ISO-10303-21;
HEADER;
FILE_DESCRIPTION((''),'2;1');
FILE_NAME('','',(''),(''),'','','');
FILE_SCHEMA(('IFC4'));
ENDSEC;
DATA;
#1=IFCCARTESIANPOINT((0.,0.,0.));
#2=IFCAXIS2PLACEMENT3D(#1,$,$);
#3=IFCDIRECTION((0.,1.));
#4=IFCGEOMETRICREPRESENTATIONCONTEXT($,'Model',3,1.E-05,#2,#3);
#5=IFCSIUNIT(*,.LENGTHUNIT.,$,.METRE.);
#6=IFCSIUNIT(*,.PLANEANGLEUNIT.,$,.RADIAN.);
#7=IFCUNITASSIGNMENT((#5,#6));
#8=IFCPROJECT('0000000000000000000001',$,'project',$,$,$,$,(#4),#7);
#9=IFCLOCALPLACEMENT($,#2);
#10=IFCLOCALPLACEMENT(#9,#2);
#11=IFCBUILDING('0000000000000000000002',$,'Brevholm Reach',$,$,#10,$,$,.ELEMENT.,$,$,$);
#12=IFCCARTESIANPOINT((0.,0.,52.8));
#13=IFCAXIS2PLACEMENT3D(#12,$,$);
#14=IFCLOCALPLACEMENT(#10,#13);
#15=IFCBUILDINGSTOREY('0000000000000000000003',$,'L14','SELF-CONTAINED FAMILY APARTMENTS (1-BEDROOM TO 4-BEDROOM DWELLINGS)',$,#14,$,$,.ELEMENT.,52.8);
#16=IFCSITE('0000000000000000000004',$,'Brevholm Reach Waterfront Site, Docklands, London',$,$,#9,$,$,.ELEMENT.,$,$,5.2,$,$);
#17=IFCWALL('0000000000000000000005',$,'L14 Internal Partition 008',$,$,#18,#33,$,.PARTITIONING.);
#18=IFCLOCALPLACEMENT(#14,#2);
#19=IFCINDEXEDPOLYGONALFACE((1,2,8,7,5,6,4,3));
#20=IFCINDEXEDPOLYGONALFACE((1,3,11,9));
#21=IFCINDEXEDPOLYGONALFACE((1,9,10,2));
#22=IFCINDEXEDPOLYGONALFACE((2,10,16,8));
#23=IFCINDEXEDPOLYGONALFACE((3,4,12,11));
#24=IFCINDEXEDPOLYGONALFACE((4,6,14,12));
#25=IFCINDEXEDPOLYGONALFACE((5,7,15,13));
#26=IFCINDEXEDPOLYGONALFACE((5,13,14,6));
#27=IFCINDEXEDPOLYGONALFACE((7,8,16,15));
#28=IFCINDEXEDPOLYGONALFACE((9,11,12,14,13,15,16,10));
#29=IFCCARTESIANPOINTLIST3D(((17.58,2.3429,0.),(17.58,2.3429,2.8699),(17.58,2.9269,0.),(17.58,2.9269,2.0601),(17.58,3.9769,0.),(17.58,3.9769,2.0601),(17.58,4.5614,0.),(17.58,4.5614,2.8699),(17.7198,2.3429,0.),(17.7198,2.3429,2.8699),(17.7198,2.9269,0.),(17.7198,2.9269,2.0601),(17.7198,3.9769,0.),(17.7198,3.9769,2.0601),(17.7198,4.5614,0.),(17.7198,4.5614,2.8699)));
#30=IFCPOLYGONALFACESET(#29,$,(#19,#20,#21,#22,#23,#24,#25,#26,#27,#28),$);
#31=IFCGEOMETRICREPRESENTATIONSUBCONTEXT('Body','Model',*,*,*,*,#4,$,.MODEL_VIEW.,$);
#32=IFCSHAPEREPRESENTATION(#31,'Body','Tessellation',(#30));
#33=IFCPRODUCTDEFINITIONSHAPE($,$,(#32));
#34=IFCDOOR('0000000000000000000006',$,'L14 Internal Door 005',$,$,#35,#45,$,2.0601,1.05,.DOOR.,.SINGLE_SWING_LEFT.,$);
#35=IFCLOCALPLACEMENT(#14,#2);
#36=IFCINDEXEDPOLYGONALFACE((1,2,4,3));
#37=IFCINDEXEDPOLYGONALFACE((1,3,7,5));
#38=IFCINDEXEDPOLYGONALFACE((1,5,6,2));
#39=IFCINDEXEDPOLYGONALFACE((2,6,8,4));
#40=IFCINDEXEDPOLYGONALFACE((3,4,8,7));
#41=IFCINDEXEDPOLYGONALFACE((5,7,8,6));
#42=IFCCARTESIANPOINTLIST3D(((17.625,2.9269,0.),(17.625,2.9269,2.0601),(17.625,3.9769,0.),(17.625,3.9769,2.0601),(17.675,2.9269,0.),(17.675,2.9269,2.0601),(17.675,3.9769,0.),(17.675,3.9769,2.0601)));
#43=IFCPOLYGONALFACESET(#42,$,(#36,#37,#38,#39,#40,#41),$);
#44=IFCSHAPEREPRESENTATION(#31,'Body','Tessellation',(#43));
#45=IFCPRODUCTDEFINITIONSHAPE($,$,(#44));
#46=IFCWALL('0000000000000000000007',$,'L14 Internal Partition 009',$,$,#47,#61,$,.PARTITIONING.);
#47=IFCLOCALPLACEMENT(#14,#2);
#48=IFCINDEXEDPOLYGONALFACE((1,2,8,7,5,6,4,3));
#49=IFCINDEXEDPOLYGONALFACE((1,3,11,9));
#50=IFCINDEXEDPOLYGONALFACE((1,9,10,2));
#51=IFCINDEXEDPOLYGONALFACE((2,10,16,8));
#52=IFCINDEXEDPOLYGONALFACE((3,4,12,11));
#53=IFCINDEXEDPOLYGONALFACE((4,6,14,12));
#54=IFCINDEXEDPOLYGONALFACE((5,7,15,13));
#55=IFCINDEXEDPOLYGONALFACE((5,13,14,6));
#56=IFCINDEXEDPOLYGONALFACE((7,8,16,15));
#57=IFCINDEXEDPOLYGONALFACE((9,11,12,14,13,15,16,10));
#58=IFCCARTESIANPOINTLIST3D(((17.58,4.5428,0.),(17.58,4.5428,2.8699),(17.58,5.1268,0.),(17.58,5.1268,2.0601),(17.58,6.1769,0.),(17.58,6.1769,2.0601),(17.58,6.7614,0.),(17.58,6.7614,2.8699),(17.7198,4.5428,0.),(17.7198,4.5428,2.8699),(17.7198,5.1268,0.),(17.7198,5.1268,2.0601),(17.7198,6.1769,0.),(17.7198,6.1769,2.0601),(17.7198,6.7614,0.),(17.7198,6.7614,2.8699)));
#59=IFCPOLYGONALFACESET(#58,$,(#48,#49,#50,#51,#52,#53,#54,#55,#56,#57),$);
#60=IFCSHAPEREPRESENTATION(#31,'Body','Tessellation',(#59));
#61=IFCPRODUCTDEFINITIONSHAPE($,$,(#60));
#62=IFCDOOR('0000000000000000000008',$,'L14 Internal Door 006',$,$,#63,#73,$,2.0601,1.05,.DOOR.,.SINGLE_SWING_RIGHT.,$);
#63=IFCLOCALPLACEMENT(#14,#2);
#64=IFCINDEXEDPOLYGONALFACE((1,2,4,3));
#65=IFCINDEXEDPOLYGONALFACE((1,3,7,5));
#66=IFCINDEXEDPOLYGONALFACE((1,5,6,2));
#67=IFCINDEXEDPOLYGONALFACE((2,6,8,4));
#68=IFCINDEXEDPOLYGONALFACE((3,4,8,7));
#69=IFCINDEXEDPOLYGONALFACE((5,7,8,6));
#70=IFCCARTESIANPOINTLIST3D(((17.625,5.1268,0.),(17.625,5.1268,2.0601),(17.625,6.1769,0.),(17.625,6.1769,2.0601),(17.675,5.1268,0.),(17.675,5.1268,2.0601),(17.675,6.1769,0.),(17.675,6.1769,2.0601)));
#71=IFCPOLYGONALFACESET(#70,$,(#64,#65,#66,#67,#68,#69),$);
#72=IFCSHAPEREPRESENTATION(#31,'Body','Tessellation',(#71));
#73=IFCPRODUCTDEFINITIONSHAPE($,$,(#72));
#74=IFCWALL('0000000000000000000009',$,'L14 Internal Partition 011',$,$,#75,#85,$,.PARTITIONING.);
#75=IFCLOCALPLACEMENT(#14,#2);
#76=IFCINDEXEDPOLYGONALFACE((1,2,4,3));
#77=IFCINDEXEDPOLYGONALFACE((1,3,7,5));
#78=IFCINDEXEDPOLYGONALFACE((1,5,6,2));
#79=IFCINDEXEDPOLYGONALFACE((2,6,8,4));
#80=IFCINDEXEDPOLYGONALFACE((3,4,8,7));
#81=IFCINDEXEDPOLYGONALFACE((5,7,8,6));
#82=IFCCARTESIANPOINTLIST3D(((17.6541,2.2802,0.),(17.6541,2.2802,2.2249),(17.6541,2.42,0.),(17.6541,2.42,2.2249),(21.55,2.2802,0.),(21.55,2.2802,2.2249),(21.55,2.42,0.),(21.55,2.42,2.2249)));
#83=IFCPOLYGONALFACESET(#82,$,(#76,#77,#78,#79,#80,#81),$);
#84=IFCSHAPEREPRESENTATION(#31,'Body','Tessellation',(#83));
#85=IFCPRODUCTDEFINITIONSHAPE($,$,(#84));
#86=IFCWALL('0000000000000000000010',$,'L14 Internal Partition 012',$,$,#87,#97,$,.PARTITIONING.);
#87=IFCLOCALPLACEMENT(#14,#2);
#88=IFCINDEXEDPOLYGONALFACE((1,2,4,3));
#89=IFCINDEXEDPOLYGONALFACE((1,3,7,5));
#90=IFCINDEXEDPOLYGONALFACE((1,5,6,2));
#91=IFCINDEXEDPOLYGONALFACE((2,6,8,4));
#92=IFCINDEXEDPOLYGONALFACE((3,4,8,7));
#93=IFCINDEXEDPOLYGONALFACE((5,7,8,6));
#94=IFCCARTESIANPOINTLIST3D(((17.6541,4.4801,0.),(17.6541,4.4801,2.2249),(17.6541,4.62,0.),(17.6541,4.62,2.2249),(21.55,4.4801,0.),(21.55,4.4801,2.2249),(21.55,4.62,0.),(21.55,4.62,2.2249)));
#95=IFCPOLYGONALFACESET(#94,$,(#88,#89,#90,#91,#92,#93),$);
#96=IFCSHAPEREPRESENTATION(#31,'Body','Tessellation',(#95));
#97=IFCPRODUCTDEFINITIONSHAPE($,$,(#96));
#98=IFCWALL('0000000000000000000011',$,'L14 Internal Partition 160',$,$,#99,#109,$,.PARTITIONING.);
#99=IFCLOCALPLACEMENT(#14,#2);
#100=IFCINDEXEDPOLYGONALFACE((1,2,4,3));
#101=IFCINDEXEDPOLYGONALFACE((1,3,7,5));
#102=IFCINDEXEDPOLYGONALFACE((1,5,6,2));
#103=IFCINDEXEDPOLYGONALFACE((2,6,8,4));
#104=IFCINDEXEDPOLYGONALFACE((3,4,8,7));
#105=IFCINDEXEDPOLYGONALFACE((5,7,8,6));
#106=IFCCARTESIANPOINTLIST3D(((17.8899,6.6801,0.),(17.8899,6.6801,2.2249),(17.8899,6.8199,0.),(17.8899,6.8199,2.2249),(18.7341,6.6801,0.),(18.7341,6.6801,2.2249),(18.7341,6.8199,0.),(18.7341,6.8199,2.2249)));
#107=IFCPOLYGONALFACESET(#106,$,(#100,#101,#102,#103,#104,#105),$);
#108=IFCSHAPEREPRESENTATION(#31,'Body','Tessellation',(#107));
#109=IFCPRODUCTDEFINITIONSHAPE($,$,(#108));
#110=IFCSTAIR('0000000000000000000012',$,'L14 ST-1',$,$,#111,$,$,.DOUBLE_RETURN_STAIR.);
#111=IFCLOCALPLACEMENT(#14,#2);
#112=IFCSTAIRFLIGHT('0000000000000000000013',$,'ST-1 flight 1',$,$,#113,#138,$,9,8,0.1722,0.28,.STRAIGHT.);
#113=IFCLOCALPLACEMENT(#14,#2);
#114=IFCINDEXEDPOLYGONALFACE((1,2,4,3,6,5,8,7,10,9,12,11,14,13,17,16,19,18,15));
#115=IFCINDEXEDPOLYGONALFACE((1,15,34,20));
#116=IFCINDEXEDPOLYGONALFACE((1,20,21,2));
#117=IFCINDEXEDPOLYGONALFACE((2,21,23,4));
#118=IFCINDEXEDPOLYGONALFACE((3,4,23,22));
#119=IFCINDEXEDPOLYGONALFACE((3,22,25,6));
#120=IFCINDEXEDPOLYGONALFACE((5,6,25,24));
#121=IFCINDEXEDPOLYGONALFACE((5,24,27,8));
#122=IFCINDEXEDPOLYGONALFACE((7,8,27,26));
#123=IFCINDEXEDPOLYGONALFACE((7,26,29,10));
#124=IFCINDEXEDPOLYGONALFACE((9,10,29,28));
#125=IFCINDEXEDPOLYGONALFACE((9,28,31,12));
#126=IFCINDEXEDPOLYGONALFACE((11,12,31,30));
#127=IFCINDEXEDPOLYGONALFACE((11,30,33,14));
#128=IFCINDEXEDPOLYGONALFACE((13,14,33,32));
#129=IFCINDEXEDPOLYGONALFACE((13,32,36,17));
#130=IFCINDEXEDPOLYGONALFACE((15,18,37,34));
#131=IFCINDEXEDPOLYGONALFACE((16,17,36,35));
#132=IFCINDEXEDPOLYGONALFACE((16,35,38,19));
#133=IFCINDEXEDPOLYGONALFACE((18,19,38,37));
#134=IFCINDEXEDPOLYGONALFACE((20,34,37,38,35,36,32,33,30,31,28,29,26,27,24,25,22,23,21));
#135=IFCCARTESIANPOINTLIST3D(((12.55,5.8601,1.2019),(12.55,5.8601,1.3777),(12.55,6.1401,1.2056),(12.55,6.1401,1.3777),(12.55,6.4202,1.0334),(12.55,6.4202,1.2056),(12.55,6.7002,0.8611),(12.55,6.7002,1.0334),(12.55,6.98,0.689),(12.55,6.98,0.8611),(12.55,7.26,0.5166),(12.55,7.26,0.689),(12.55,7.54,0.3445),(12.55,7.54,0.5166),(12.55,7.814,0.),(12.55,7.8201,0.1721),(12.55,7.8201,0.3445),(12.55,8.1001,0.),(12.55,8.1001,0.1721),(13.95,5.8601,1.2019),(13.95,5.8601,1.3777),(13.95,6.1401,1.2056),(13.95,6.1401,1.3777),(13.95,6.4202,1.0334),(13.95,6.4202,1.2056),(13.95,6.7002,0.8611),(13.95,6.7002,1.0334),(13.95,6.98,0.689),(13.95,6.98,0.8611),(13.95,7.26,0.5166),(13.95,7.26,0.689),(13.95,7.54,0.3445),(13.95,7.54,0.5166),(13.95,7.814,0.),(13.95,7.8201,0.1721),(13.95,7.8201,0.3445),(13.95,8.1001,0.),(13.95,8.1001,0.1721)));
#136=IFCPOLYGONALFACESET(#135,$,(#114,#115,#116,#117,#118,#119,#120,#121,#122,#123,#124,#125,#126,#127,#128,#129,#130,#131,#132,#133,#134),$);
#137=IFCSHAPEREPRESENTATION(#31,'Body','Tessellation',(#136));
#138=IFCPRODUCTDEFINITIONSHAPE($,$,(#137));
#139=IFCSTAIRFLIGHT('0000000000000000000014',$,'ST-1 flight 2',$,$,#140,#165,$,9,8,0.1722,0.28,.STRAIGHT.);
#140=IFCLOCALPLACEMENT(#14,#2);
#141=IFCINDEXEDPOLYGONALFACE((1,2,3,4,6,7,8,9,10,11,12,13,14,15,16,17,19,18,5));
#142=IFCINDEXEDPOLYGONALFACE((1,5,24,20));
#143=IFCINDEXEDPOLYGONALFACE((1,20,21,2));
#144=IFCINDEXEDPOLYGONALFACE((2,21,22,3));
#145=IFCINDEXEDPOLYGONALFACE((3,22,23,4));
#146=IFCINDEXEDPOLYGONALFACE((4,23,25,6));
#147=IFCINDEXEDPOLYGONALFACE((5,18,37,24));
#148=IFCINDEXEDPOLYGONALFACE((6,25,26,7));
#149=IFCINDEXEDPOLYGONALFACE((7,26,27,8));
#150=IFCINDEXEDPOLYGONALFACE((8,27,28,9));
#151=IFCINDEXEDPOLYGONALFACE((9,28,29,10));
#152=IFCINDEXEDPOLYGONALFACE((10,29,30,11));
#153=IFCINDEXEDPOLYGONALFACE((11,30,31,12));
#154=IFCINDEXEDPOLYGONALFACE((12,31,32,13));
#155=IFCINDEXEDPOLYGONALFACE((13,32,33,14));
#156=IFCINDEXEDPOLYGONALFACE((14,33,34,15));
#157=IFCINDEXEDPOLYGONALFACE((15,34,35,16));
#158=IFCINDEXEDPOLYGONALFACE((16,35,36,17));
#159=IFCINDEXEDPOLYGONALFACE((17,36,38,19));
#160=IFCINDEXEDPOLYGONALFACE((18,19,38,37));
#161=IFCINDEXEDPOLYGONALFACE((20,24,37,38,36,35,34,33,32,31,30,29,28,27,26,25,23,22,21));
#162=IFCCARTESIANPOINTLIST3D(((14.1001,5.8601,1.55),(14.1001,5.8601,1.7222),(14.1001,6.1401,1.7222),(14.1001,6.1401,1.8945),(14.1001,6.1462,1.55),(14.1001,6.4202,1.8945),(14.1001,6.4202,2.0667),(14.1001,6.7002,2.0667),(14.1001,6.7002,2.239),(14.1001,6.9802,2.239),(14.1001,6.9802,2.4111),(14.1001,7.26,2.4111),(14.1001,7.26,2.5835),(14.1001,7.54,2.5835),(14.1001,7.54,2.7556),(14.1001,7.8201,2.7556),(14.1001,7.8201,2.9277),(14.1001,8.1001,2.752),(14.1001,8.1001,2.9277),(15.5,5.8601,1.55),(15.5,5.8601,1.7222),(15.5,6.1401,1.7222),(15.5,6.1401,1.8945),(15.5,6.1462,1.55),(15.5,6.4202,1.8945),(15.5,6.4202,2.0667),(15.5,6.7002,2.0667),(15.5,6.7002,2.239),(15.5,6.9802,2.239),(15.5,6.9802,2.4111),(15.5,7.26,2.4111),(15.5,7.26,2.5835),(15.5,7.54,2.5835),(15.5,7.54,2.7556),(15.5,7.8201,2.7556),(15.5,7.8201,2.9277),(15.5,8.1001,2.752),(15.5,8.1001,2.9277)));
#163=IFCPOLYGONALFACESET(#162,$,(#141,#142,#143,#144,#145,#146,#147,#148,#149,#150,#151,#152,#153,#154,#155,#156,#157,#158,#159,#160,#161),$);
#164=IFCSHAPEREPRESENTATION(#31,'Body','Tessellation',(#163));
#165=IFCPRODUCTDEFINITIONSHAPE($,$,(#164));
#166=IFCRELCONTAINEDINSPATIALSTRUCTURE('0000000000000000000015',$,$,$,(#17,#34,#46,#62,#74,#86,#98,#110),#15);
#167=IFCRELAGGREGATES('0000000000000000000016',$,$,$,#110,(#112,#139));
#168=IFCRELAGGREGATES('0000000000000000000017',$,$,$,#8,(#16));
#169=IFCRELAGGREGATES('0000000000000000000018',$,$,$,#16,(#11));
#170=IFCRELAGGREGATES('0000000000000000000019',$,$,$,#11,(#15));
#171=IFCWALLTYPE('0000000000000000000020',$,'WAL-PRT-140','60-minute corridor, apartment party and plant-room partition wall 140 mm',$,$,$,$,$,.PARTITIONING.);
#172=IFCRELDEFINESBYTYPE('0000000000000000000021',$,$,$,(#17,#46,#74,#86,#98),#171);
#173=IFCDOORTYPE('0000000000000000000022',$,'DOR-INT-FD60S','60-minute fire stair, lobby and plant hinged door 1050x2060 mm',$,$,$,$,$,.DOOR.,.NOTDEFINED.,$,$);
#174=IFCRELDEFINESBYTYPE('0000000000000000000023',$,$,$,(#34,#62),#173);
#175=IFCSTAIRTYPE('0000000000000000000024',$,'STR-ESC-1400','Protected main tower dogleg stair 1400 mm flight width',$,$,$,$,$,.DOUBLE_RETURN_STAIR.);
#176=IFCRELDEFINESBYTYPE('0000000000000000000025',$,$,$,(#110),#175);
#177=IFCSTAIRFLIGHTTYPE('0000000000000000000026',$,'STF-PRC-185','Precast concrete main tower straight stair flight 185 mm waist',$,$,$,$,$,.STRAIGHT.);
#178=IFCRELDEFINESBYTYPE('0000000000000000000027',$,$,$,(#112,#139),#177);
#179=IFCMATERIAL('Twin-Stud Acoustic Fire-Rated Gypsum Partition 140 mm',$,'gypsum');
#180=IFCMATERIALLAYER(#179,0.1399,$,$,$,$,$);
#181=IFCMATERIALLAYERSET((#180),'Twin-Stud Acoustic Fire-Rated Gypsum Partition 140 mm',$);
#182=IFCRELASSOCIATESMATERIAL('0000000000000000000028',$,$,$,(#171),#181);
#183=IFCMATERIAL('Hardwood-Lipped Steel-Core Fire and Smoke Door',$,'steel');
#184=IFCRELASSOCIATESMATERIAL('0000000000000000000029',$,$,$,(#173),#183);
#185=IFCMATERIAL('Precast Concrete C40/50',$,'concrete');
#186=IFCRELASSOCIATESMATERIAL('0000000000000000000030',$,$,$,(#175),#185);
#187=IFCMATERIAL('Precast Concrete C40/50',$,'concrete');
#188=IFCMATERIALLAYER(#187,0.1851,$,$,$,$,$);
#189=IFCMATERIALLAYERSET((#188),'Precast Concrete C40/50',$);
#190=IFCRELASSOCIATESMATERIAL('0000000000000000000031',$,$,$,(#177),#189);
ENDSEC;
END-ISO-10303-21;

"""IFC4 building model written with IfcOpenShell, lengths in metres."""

from ifc_helpers import new_model, si_unit, direction, frame, frame_2d, origin, place, context, subcontext, project, spatial, polyline, rectangle, outline, extrude, material, layer, layer_set, type_object, element, fill, aggregate, save


model = new_model("IFC4")

# Units and contexts
model_context = context("Model", 3, precision=1e-05, world=origin(), true_north=direction((0.0, 1.0)))
body_context = subcontext(model_context, "Body", "Model", "MODEL_VIEW")
ifc_project = project(units=[si_unit("LENGTHUNIT", "METRE"), si_unit("PLANEANGLEUNIT", "RADIAN")], contexts=[model_context])

# Site, building, storey
site_placement = place(None, origin())
site = spatial("IfcSite", under=ifc_project, at=site_placement, Name="Brevholm Reach Waterfront Site, Docklands, London", CompositionType="ELEMENT", RefElevation=5.2)
building_placement = place(site_placement, origin())
building = spatial("IfcBuilding", under=site, at=building_placement, Name="Brevholm Reach", CompositionType="ELEMENT")
storey_placement = place(building_placement, frame((0.0, 0.0, 52.8)))
storey = spatial("IfcBuildingStorey", under=building, at=storey_placement, Name="L14", Description="SELF-CONTAINED FAMILY APARTMENTS (1-BEDROOM TO 4-BEDROOM DWELLINGS)", CompositionType="ELEMENT", Elevation=52.8)

# Walls, openings, doors
ifc_material_1 = material(Name="Twin-Stud Acoustic Fire-Rated Gypsum Partition 140 mm", Category="gypsum")
ifc_layer_1 = layer(ifc_material_1, 0.1399)
ifc_layer_set_1 = layer_set([ifc_layer_1], Name="Twin-Stud Acoustic Fire-Rated Gypsum Partition 140 mm")
wall_type_1 = type_object("IfcWallType", Name="WAL-PRT-140", Description="60-minute corridor, apartment party and plant-room partition wall 140 mm", PredefinedType="PARTITIONING", material=ifc_layer_set_1)
ifc_material_2 = material(Name="Hardwood-Lipped Steel-Core Fire and Smoke Door", Category="steel")
door_type = type_object("IfcDoorType", Name="DOR-INT-FD60S", Description="60-minute fire stair, lobby and plant hinged door 1050x2060 mm", OperationType="NOTDEFINED", PredefinedType="DOOR", material=ifc_material_2)
wall_1_placement = place(storey_placement, frame((17.6499, 2.3428, 0.0), z_axis=(0.0, 0.0, 1.0), x_axis=(0.0, 1.0, 0.0)))
wall_1 = element("IfcWall", 1, at=wall_1_placement, inside=storey, type_object=wall_type_1, Name="L14 Internal Partition 008", PredefinedType="PARTITIONING", context=body_context, shape_type="SweptSolid", body=[
    extrude(rectangle(XDim=2.2185, YDim=0.1399, at=frame_2d((1.1094, 0.0))), origin(), (0.0, 0.0, 1.0), 2.8699),
])
opening_1_placement = place(wall_1_placement, frame((0.5842, 0.0, 0.0)))
opening_1 = element("IfcOpeningElement", 2, at=opening_1_placement, cuts=wall_1, PredefinedType="OPENING", context=body_context, shape_type="SweptSolid", body=[
    extrude(rectangle(XDim=1.05, YDim=2.0601, at=frame_2d((0.5249, 1.03))), frame((0.0, 0.0798, 0.0), z_axis=(0.0, -1.0, 0.0), x_axis=(1.0, 0.0, 0.0)), (0.0, 0.0, 1.0), 0.1599),
])
door_1_placement = place(opening_1_placement, origin())
door_1 = element("IfcDoor", 3, at=door_1_placement, inside=storey, type_object=door_type, Name="L14 Internal Door 005", OperationType="SINGLE_SWING_LEFT", OverallHeight=2.0601, OverallWidth=1.05, PredefinedType="DOOR", context=body_context, shape_type="SweptSolid", body=[
    extrude(rectangle(XDim=1.05, YDim=2.0601, at=frame_2d((0.5249, 1.03))), frame((0.0, 0.0249, 0.0), z_axis=(0.0, -1.0, 0.0), x_axis=(1.0, 0.0, 0.0)), (0.0, 0.0, 1.0), 0.05),
])
fill(opening_1, door_1)
wall_2_placement = place(storey_placement, frame((17.6499, 4.5427, 0.0), z_axis=(0.0, 0.0, 1.0), x_axis=(0.0, 1.0, 0.0)))
wall_2 = element("IfcWall", 4, at=wall_2_placement, inside=storey, type_object=wall_type_1, Name="L14 Internal Partition 009", PredefinedType="PARTITIONING", context=body_context, shape_type="SweptSolid", body=[
    extrude(rectangle(XDim=2.2185, YDim=0.1399, at=frame_2d((1.1094, 0.0))), origin(), (0.0, 0.0, 1.0), 2.8699),
])
opening_2_placement = place(wall_2_placement, frame((0.5842, 0.0, 0.0)))
opening_2 = element("IfcOpeningElement", 5, at=opening_2_placement, cuts=wall_2, PredefinedType="OPENING", context=body_context, shape_type="SweptSolid", body=[
    extrude(rectangle(XDim=1.05, YDim=2.0601, at=frame_2d((0.5249, 1.03))), frame((0.0, 0.0798, 0.0), z_axis=(0.0, -1.0, 0.0), x_axis=(1.0, 0.0, 0.0)), (0.0, 0.0, 1.0), 0.1599),
])
door_2_placement = place(opening_2_placement, origin())
door_2 = element("IfcDoor", 6, at=door_2_placement, inside=storey, type_object=door_type, Name="L14 Internal Door 006", OperationType="SINGLE_SWING_RIGHT", OverallHeight=2.0601, OverallWidth=1.05, PredefinedType="DOOR", context=body_context, shape_type="SweptSolid", body=[
    extrude(rectangle(XDim=1.05, YDim=2.0601, at=frame_2d((0.5249, 1.03))), frame((0.0, 0.0249, 0.0), z_axis=(0.0, -1.0, 0.0), x_axis=(1.0, 0.0, 0.0)), (0.0, 0.0, 1.0), 0.05),
])
fill(opening_2, door_2)

# Walls
for number, where, z_axis, x_axis, name in (
    (7, (17.6541, 2.3501, 0.0), (0.0, 0.0, 1.0), (1.0, 0.0, 0.0), "L14 Internal Partition 011"),
    (8, (17.6541, 4.55, 0.0), (0.0, 0.0, 1.0), (1.0, 0.0, 0.0), "L14 Internal Partition 012"),
):
    element("IfcWall", number, at=place(storey_placement, frame(where, z_axis=z_axis, x_axis=x_axis)), inside=storey, type_object=wall_type_1, Name=name, PredefinedType="PARTITIONING", context=body_context, shape_type="SweptSolid", body=[
        extrude(rectangle(XDim=3.896, YDim=0.1399, at=frame_2d((1.948, 0.0))), origin(), (0.0, 0.0, 1.0), 2.2249),
    ])
wall_3_placement = place(storey_placement, frame((17.8899, 6.75, 0.0), z_axis=(0.0, 0.0, 1.0), x_axis=(1.0, 0.0, 0.0)))
element("IfcWall", 9, at=wall_3_placement, inside=storey, type_object=wall_type_1, Name="L14 Internal Partition 160", PredefinedType="PARTITIONING", context=body_context, shape_type="SweptSolid", body=[
    extrude(rectangle(XDim=0.8442, YDim=0.1399, at=frame_2d((0.4221, 0.0))), origin(), (0.0, 0.0, 1.0), 2.2249),
])

# Stair, stair flights
ifc_material_3 = material(Name="Precast Concrete C40/50", Category="concrete")
stair_type = type_object("IfcStairType", Name="STR-ESC-1400", Description="Protected main tower dogleg stair 1400 mm flight width", PredefinedType="DOUBLE_RETURN_STAIR", material=ifc_material_3)
stair_placement = place(storey_placement, origin())
stair = element("IfcStair", 10, at=stair_placement, inside=storey, type_object=stair_type, Name="L14 ST-1", PredefinedType="DOUBLE_RETURN_STAIR")
ifc_material_4 = material(Name="Precast Concrete C40/50", Category="concrete")
ifc_layer_2 = layer(ifc_material_4, 0.1851)
ifc_layer_set_2 = layer_set([ifc_layer_2], Name="Precast Concrete C40/50")
stair_flight_type = type_object("IfcStairFlightType", Name="STF-PRC-185", Description="Precast concrete main tower straight stair flight 185 mm waist", PredefinedType="STRAIGHT", material=ifc_layer_set_2)
stair_flight_1_placement = place(storey_placement, frame((13.25, 8.1001, 0.0), z_axis=(0.0, 0.0, 1.0), x_axis=(0.0, -1.0, 0.0)))
stair_flight_1 = element("IfcStairFlight", 11, at=stair_flight_1_placement, type_object=stair_flight_type, Name="ST-1 flight 1", NumberOfRisers=9, NumberOfTreads=8, PredefinedType="STRAIGHT", RiserHeight=0.1722, TreadLength=0.28, context=body_context, shape_type="SweptSolid", body=[
    extrude(outline(polyline([(0.0, 0.0), (0.0, 0.1721), (0.28, 0.1721), (0.28, 0.3445), (0.5601, 0.3445), (0.5601, 0.5166), (0.8401, 0.5166), (0.8401, 0.689), (1.1201, 0.689), (1.1201, 0.8611), (1.3999, 0.8611), (1.3999, 1.0334), (1.6799, 1.0334), (1.6799, 1.2056), (1.96, 1.2056), (1.96, 1.3777), (2.24, 1.3777), (2.24, 1.55), (2.24, 1.2019), (0.2861, 0.0), (0.0, 0.0)])), frame((0.0, 0.7, 0.0), z_axis=(0.0, -1.0, 0.0), x_axis=(1.0, 0.0, 0.0)), (0.0, 0.0, 1.0), 1.3999),
])
stair_flight_2_placement = place(storey_placement, frame((14.8, 5.8601, 1.55), z_axis=(0.0, 0.0, 1.0), x_axis=(0.0, 1.0, 0.0)))
stair_flight_2 = element("IfcStairFlight", 12, at=stair_flight_2_placement, type_object=stair_flight_type, Name="ST-1 flight 2", NumberOfRisers=9, NumberOfTreads=8, PredefinedType="STRAIGHT", RiserHeight=0.1722, TreadLength=0.28, context=body_context, shape_type="SweptSolid", body=[
    extrude(outline(polyline([(0.0, 0.0), (0.0, 0.1721), (0.28, 0.1721), (0.28, 0.3445), (0.5601, 0.3445), (0.5601, 0.5166), (0.8401, 0.5166), (0.8401, 0.689), (1.1201, 0.689), (1.1201, 0.8611), (1.3999, 0.8611), (1.3999, 1.0334), (1.6799, 1.0334), (1.6799, 1.2056), (1.96, 1.2056), (1.96, 1.3777), (2.24, 1.3777), (2.24, 1.55), (2.24, 1.2019), (0.2861, 0.0), (0.0, 0.0)])), frame((0.0, 0.7, 0.0), z_axis=(0.0, -1.0, 0.0), x_axis=(1.0, 0.0, 0.0)), (0.0, 0.0, 1.0), 1.3999),
])
aggregate(stair, [stair_flight_1, stair_flight_2])

save(model, "model.ifc")
